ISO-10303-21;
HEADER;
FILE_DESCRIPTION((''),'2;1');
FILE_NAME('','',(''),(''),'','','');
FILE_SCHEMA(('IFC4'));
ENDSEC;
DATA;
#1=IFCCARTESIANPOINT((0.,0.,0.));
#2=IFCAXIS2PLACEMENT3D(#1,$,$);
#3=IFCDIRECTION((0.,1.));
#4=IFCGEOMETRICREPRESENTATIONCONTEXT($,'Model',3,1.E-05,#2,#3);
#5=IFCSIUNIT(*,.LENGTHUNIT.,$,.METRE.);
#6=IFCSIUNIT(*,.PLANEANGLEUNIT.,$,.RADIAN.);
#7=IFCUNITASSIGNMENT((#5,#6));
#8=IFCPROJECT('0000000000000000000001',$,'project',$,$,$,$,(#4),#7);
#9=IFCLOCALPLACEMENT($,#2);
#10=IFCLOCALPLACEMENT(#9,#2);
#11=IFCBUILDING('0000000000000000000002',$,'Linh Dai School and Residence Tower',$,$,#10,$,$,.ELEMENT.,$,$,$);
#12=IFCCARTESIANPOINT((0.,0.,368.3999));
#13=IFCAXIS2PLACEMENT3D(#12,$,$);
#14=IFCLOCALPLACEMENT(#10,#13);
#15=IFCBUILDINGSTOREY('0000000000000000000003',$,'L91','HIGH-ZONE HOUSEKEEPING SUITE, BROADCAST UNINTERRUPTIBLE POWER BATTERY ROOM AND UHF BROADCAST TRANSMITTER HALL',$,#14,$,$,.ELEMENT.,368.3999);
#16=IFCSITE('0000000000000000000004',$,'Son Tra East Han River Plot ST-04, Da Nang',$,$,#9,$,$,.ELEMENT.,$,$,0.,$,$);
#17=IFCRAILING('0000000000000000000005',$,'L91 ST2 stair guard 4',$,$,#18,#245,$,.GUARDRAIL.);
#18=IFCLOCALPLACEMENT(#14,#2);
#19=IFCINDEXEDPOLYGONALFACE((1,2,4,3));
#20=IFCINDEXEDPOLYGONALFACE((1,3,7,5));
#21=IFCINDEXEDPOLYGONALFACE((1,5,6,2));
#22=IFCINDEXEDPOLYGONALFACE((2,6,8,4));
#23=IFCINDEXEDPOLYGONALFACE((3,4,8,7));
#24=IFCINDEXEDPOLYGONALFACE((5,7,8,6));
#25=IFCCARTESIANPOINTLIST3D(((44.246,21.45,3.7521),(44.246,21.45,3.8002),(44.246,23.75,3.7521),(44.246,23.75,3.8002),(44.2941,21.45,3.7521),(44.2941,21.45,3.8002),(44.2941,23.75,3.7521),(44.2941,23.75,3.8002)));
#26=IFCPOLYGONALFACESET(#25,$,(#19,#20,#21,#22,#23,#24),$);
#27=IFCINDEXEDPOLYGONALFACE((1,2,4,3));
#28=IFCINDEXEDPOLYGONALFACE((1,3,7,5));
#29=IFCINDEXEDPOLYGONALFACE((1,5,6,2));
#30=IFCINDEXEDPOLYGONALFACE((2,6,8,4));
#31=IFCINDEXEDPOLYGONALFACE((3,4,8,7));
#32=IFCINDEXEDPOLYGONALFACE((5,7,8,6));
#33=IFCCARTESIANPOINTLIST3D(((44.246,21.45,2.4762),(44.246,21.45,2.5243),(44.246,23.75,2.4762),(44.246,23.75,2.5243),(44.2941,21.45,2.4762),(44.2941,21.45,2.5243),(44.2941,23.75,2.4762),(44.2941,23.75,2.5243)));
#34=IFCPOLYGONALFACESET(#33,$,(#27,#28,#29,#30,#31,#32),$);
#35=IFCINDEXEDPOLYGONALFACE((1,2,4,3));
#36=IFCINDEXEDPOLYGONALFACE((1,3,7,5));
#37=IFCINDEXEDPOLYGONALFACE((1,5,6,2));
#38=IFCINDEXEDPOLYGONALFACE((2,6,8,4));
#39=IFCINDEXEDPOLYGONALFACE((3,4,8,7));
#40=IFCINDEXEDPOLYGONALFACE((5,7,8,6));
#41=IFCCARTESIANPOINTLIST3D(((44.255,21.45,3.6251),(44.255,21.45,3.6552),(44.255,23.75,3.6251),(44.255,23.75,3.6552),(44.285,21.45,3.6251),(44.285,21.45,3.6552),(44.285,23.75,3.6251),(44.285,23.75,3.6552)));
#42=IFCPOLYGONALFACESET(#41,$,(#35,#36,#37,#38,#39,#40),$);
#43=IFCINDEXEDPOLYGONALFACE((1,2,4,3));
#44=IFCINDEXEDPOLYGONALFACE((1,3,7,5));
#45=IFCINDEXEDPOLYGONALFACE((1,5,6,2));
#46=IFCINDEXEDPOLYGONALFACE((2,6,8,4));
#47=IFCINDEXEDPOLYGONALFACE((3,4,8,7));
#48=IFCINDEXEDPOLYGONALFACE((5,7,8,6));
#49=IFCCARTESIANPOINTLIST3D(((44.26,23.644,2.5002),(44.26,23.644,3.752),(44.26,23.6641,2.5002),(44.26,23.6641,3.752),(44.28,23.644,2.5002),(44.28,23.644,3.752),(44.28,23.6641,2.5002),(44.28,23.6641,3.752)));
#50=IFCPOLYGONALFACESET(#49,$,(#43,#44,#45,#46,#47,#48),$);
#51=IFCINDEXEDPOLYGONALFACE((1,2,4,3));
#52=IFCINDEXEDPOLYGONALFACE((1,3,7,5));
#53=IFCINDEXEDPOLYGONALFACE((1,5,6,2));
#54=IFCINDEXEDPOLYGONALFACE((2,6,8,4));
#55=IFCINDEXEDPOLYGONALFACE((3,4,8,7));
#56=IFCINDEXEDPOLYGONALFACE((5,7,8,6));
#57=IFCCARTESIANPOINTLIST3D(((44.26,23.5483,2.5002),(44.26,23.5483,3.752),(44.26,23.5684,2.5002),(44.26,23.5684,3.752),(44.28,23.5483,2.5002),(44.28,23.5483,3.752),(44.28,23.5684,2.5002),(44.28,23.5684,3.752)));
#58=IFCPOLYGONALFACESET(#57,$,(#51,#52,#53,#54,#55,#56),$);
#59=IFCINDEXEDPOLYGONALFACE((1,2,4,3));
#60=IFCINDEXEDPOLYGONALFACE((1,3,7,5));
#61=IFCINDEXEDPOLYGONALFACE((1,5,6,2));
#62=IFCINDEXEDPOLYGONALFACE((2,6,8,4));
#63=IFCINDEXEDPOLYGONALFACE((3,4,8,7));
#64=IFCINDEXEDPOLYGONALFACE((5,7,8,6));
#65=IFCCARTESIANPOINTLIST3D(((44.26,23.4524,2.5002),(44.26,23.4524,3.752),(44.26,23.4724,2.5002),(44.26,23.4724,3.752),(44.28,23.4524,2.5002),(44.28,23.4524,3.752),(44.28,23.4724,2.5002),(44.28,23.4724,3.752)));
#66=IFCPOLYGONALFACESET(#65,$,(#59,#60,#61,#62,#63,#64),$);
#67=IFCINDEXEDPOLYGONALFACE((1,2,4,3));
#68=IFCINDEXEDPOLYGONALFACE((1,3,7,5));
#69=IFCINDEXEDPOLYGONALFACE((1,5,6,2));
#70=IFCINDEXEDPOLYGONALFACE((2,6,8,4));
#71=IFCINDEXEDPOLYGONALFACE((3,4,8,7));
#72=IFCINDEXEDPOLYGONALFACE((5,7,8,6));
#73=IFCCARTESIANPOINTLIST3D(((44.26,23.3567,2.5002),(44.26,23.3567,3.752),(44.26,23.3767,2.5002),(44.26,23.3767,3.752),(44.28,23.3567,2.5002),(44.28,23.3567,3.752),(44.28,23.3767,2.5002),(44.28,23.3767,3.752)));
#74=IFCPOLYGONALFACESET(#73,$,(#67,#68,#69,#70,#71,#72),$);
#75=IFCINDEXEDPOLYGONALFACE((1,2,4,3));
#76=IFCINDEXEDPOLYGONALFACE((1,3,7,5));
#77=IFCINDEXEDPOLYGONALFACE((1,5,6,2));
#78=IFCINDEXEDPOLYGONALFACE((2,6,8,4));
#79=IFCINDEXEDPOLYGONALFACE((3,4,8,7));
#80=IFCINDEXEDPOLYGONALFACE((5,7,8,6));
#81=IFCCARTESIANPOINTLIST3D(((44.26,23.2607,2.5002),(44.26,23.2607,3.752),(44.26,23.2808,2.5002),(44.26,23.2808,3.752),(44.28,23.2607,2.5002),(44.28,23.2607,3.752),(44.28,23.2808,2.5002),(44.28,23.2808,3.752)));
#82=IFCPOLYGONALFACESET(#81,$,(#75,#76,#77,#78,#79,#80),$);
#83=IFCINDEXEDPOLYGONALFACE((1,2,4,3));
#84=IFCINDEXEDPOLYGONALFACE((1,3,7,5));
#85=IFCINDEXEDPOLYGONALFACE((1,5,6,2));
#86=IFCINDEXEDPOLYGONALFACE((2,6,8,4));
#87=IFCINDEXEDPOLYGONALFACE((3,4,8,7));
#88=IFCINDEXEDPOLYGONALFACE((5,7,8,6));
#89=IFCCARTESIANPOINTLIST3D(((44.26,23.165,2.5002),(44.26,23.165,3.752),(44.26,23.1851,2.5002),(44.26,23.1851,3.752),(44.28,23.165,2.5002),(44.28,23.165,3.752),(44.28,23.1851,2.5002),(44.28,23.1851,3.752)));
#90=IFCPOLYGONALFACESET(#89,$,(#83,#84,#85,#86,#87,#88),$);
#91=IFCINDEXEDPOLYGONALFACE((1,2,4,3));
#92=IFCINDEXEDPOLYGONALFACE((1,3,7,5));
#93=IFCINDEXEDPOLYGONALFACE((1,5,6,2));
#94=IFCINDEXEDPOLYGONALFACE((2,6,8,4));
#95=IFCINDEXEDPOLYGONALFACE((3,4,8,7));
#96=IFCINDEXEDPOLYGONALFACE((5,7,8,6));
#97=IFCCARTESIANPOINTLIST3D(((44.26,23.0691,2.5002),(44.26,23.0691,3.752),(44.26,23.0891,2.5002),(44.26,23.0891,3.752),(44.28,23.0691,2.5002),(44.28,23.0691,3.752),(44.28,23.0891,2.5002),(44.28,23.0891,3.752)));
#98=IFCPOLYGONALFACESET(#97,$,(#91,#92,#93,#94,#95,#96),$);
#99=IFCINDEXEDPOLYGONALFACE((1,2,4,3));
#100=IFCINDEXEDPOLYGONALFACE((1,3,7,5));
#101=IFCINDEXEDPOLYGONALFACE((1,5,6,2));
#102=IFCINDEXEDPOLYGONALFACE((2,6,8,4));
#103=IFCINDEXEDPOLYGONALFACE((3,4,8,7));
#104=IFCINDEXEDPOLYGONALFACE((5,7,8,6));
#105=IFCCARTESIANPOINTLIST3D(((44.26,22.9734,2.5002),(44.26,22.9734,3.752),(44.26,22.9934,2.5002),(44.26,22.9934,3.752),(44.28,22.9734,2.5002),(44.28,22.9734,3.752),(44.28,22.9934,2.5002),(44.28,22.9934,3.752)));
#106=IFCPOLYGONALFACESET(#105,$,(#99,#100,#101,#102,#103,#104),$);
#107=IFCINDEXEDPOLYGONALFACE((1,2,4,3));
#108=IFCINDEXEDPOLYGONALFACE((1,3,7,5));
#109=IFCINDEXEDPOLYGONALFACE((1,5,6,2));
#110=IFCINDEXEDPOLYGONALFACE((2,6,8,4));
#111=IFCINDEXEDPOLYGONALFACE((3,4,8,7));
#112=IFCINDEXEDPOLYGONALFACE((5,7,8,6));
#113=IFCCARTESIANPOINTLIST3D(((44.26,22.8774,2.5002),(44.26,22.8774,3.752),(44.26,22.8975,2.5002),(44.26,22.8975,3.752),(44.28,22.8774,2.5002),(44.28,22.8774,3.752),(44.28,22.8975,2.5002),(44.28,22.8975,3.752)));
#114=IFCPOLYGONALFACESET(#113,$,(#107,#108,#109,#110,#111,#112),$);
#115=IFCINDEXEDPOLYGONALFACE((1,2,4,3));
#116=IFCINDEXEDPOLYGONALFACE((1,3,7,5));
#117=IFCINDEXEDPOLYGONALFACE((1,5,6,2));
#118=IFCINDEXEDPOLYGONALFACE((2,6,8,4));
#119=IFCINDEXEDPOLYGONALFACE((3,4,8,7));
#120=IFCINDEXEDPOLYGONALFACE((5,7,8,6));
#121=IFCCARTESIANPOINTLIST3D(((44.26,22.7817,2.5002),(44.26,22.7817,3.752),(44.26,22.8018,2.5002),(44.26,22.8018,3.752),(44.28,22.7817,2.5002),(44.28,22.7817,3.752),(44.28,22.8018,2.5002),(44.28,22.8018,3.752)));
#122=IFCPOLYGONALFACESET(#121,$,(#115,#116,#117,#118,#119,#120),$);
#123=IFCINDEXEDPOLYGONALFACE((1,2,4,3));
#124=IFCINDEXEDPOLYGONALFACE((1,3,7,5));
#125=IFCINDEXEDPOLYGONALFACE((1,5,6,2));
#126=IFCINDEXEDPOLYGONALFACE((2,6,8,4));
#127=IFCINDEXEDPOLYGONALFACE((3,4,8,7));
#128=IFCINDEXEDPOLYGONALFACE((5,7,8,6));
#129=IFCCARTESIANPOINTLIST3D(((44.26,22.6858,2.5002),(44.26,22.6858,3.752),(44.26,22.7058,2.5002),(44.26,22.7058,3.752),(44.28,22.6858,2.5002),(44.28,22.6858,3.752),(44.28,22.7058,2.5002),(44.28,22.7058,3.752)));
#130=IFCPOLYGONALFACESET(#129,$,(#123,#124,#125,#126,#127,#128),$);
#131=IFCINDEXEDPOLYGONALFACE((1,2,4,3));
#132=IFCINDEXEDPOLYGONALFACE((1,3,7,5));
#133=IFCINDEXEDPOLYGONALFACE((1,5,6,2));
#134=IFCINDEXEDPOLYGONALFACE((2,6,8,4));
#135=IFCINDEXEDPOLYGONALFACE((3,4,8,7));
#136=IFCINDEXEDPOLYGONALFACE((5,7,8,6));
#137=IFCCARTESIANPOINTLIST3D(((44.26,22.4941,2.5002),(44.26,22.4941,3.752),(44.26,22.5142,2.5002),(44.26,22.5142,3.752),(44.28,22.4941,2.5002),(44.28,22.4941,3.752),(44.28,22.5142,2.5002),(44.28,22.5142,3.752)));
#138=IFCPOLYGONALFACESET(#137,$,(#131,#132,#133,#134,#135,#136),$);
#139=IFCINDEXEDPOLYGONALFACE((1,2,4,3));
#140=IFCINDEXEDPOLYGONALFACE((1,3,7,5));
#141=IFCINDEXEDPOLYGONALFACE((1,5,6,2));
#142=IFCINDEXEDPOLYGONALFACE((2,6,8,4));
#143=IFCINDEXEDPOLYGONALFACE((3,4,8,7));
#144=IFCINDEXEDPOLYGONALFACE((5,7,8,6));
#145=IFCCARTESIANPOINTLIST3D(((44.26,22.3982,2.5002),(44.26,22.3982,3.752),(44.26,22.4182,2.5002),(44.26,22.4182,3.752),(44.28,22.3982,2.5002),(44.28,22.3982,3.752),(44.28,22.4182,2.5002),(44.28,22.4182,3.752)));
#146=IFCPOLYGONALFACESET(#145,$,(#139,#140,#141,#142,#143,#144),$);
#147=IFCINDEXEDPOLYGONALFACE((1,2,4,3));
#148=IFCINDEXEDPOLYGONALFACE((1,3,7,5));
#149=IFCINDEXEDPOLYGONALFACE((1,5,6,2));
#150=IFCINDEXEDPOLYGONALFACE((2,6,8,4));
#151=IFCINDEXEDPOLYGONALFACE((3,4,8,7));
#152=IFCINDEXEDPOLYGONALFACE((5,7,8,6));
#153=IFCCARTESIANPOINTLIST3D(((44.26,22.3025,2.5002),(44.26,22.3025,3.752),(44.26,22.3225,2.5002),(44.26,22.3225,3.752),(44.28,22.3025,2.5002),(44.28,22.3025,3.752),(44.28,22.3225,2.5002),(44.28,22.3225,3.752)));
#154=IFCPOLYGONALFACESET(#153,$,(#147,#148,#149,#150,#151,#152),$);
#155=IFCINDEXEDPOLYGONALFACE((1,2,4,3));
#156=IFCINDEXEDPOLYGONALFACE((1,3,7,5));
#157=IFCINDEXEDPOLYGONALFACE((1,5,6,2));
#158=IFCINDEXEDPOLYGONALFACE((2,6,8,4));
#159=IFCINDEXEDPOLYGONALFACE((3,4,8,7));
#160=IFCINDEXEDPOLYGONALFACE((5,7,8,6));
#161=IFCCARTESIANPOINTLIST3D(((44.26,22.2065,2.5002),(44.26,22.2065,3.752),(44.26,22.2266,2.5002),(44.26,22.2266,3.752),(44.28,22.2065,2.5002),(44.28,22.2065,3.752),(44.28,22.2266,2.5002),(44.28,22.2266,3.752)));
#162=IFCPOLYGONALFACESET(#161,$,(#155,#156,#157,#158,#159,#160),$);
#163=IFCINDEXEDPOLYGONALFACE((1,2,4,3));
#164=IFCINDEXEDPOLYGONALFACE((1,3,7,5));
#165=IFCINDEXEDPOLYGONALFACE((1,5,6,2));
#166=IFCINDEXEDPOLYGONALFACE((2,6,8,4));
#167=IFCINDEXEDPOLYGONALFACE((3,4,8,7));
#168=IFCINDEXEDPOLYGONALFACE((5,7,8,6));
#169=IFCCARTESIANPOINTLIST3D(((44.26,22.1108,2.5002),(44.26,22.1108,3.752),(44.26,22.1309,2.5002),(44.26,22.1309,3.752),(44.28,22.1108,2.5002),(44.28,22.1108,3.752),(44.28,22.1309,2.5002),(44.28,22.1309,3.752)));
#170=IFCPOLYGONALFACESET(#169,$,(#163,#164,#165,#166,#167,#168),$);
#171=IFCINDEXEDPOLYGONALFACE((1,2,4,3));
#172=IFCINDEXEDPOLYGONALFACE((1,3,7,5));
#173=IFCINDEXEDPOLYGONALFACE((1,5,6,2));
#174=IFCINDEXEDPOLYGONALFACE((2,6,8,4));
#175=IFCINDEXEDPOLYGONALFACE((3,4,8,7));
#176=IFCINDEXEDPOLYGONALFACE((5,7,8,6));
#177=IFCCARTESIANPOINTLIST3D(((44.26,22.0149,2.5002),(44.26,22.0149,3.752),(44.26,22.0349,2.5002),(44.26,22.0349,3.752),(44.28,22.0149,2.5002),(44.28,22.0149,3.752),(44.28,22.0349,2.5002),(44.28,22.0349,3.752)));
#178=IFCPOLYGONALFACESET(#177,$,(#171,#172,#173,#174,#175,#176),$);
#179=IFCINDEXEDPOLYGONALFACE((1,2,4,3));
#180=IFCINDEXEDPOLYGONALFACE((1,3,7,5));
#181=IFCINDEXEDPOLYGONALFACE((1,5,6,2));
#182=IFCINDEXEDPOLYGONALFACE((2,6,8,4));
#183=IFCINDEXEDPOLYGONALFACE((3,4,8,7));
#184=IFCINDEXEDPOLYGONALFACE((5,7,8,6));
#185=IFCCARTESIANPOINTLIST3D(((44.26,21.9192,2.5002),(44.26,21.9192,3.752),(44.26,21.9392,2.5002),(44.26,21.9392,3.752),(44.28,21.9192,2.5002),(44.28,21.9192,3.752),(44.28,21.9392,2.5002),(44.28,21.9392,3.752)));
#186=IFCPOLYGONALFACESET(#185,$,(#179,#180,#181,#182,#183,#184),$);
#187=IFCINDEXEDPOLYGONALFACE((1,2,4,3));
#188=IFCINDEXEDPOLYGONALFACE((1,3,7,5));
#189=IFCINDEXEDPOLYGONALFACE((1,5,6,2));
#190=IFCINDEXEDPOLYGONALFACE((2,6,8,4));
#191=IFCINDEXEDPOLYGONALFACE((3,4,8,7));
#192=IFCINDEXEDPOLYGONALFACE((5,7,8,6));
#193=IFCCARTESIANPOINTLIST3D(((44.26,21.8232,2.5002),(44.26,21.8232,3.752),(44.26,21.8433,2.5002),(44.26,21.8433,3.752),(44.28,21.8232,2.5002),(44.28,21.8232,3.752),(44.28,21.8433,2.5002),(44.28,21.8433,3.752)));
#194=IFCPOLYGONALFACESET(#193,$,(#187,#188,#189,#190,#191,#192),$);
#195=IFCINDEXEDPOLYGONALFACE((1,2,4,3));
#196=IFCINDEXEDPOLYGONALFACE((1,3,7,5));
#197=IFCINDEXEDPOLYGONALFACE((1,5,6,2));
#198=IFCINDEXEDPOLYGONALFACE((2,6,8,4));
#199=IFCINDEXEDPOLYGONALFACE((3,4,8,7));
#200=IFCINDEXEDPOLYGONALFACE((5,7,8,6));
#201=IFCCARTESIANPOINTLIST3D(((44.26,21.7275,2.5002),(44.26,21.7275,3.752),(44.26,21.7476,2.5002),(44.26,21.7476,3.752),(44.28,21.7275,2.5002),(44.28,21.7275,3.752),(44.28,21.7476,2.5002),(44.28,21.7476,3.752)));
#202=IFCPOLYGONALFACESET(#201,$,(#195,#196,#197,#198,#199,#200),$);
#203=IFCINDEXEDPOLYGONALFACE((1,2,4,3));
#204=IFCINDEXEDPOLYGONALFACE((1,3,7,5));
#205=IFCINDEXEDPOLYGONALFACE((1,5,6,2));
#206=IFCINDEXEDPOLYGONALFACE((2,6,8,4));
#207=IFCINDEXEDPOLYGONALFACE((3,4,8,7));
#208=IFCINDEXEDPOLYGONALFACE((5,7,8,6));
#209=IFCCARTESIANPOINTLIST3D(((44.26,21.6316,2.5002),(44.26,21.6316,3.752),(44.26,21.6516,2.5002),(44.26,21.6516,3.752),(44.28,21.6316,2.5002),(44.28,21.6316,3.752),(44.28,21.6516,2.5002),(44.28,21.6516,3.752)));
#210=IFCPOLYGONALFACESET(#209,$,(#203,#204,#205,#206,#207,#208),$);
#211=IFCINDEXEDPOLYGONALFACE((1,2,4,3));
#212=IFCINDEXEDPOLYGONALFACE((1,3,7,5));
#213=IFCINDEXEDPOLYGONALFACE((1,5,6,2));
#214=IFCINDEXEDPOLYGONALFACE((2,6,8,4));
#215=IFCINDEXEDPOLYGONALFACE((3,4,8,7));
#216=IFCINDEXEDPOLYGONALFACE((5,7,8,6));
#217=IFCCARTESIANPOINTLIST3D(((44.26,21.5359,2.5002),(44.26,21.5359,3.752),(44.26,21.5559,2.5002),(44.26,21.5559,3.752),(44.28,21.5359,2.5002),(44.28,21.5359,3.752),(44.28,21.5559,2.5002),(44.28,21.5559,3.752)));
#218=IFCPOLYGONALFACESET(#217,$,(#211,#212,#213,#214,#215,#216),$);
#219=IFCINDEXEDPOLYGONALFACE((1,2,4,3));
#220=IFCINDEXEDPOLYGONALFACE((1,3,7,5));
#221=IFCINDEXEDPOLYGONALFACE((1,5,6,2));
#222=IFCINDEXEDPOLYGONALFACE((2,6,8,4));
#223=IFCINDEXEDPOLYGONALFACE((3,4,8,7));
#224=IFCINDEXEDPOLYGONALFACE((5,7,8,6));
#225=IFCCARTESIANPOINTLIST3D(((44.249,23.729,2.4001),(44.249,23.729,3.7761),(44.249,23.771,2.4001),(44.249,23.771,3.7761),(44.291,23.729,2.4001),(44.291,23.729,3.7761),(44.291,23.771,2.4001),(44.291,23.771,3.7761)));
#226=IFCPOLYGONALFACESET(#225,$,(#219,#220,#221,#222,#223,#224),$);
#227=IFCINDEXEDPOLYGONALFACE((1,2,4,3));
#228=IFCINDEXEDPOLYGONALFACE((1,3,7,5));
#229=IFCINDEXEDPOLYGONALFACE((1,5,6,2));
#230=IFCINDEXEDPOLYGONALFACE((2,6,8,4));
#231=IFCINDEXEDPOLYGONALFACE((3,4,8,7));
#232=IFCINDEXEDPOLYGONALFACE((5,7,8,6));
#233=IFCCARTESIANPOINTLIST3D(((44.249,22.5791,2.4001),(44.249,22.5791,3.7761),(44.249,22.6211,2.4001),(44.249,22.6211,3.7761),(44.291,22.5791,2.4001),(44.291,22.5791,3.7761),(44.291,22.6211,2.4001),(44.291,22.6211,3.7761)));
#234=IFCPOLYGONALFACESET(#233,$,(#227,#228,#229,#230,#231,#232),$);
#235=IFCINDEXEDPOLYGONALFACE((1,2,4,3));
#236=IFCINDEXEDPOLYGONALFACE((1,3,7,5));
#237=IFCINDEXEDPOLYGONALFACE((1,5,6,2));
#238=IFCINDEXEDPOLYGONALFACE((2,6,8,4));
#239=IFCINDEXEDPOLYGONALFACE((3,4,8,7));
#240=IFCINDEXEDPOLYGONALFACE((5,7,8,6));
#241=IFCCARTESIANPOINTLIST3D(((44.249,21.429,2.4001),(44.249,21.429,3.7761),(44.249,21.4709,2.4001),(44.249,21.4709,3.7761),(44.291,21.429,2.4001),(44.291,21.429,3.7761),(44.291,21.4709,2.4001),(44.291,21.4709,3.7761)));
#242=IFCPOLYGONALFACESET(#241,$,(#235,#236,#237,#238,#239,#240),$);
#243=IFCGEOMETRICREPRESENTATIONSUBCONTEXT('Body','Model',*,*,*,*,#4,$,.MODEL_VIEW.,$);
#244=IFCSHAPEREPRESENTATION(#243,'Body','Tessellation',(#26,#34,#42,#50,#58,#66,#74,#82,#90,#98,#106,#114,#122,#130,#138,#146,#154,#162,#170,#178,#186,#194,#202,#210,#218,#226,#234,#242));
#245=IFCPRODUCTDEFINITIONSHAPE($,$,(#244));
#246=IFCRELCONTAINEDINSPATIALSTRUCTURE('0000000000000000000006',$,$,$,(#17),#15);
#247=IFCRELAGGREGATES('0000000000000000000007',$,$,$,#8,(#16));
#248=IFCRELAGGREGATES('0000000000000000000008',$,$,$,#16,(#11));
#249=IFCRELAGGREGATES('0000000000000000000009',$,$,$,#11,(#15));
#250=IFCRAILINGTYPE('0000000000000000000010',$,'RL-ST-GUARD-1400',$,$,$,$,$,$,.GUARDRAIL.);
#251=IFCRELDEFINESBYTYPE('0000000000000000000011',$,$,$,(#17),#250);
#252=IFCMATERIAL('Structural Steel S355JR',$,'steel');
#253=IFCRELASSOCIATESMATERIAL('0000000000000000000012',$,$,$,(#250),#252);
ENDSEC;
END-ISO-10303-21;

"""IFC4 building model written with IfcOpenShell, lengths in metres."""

from ifc_helpers import new_model, si_unit, direction, frame, origin, origin_2d, place, context, subcontext, project, spatial, rectangle, extrude, source, transform, mapped, material, type_object, element, save


model = new_model("IFC4")

# Units and contexts
model_context = context("Model", 3, precision=1e-05, world=origin(), true_north=direction((0.0, 1.0)))
body_context = subcontext(model_context, "Body", "Model", "MODEL_VIEW")
ifc_project = project(units=[si_unit("LENGTHUNIT", "METRE"), si_unit("PLANEANGLEUNIT", "RADIAN")], contexts=[model_context])

# Site, building, storey
site_placement = place(None, origin())
site = spatial("IfcSite", under=ifc_project, at=site_placement, Name="Son Tra East Han River Plot ST-04, Da Nang", CompositionType="ELEMENT", RefElevation=0.0)
building_placement = place(site_placement, origin())
building = spatial("IfcBuilding", under=site, at=building_placement, Name="Linh Dai School and Residence Tower", CompositionType="ELEMENT")
storey_placement = place(building_placement, frame((0.0, 0.0, 368.3999)))
storey = spatial("IfcBuildingStorey", under=building, at=storey_placement, Name="L91", Description="HIGH-ZONE HOUSEKEEPING SUITE, BROADCAST UNINTERRUPTIBLE POWER BATTERY ROOM AND UHF BROADCAST TRANSMITTER HALL", CompositionType="ELEMENT", Elevation=368.3999)

# Shared definitions
ifc_material_1 = material(Name="Structural Steel S355JR", Category="steel")

# Railing
railing_type_1 = type_object("IfcRailingType", Name="RL-ST-GUARD-1400", PredefinedType="GUARDRAIL", material=ifc_material_1)
shared_shape_1 = source(origin(), body_context, "Body", "SweptSolid", [
    extrude(rectangle(XDim=0.0481, YDim=0.0481, at=origin_2d()), frame((0.0, 0.0, 1.376), z_axis=(0.0, -1.0, 0.0), x_axis=(1.0, 0.0, 0.0)), (0.0, 0.0, 1.0), 2.3),
    extrude(rectangle(XDim=0.0481, YDim=0.0481, at=origin_2d()), frame((0.0, 0.0, 0.1001), z_axis=(0.0, -1.0, 0.0), x_axis=(1.0, 0.0, 0.0)), (0.0, 0.0, 1.0), 2.3),
    extrude(rectangle(XDim=0.03, YDim=0.03, at=origin_2d()), frame((0.0, 0.0, 1.24), z_axis=(0.0, -1.0, 0.0), x_axis=(1.0, 0.0, 0.0)), (0.0, 0.0, 1.0), 2.3),
    extrude(rectangle(XDim=0.02, YDim=0.02, at=origin_2d()), frame((0.0, -0.0959, 0.1001)), (0.0, 0.0, 1.0), 1.2517),
    extrude(rectangle(XDim=0.02, YDim=0.02, at=origin_2d()), frame((0.0, -0.1917, 0.1001)), (0.0, 0.0, 1.0), 1.2517),
    extrude(rectangle(XDim=0.02, YDim=0.02, at=origin_2d()), frame((0.0, -0.2876, 0.1001)), (0.0, 0.0, 1.0), 1.2517),
    extrude(rectangle(XDim=0.02, YDim=0.02, at=origin_2d()), frame((0.0, -0.3833, 0.1001)), (0.0, 0.0, 1.0), 1.2517),
    extrude(rectangle(XDim=0.02, YDim=0.02, at=origin_2d()), frame((0.0, -0.4792, 0.1001)), (0.0, 0.0, 1.0), 1.2517),
    extrude(rectangle(XDim=0.02, YDim=0.02, at=origin_2d()), frame((0.0, -0.575, 0.1001)), (0.0, 0.0, 1.0), 1.2517),
    extrude(rectangle(XDim=0.02, YDim=0.02, at=origin_2d()), frame((0.0, -0.6709, 0.1001)), (0.0, 0.0, 1.0), 1.2517),
    extrude(rectangle(XDim=0.02, YDim=0.02, at=origin_2d()), frame((0.0, -0.7666, 0.1001)), (0.0, 0.0, 1.0), 1.2517),
    extrude(rectangle(XDim=0.02, YDim=0.02, at=origin_2d()), frame((0.0, -0.8625, 0.1001)), (0.0, 0.0, 1.0), 1.2517),
    extrude(rectangle(XDim=0.02, YDim=0.02, at=origin_2d()), frame((0.0, -0.9583, 0.1001)), (0.0, 0.0, 1.0), 1.2517),
    extrude(rectangle(XDim=0.02, YDim=0.02, at=origin_2d()), frame((0.0, -1.0542, 0.1001)), (0.0, 0.0, 1.0), 1.2517),
    extrude(rectangle(XDim=0.02, YDim=0.02, at=origin_2d()), frame((0.0, -1.2458, 0.1001)), (0.0, 0.0, 1.0), 1.2517),
    extrude(rectangle(XDim=0.02, YDim=0.02, at=origin_2d()), frame((0.0, -1.3418, 0.1001)), (0.0, 0.0, 1.0), 1.2517),
    extrude(rectangle(XDim=0.02, YDim=0.02, at=origin_2d()), frame((0.0, -1.4375, 0.1001)), (0.0, 0.0, 1.0), 1.2517),
    extrude(rectangle(XDim=0.02, YDim=0.02, at=origin_2d()), frame((0.0, -1.5334, 0.1001)), (0.0, 0.0, 1.0), 1.2517),
    extrude(rectangle(XDim=0.02, YDim=0.02, at=origin_2d()), frame((0.0, -1.6292, 0.1001)), (0.0, 0.0, 1.0), 1.2517),
    extrude(rectangle(XDim=0.02, YDim=0.02, at=origin_2d()), frame((0.0, -1.7251, 0.1001)), (0.0, 0.0, 1.0), 1.2517),
    extrude(rectangle(XDim=0.02, YDim=0.02, at=origin_2d()), frame((0.0, -1.8208, 0.1001)), (0.0, 0.0, 1.0), 1.2517),
    extrude(rectangle(XDim=0.02, YDim=0.02, at=origin_2d()), frame((0.0, -1.9167, 0.1001)), (0.0, 0.0, 1.0), 1.2517),
    extrude(rectangle(XDim=0.02, YDim=0.02, at=origin_2d()), frame((0.0, -2.0125, 0.1001)), (0.0, 0.0, 1.0), 1.2517),
    extrude(rectangle(XDim=0.02, YDim=0.02, at=origin_2d()), frame((0.0, -2.1084, 0.1001)), (0.0, 0.0, 1.0), 1.2517),
    extrude(rectangle(XDim=0.02, YDim=0.02, at=origin_2d()), frame((0.0, -2.2041, 0.1001)), (0.0, 0.0, 1.0), 1.2517),
    extrude(rectangle(XDim=0.042, YDim=0.042, at=origin_2d()), origin(), (0.0, 0.0, 1.0), 1.376),
    extrude(rectangle(XDim=0.042, YDim=0.042, at=origin_2d()), frame((0.0, -1.1499, 0.0)), (0.0, 0.0, 1.0), 1.376),
    extrude(rectangle(XDim=0.042, YDim=0.042, at=origin_2d()), frame((0.0, -2.3, 0.0)), (0.0, 0.0, 1.0), 1.376),
])
railing_1_placement = place(storey_placement, frame((44.27, 23.75, 2.4001)))
element("IfcRailing", 1, at=railing_1_placement, inside=storey, type_object=railing_type_1, Name="L91 ST2 stair guard 4", PredefinedType="GUARDRAIL", context=body_context, shape_type="MappedRepresentation", body=[
    mapped(shared_shape_1, transform((0.0, 0.0, 0.0), x_axis=(1.0, 0.0, 0.0), y_axis=(0.0, 1.0, 0.0), z_axis=(0.0, 0.0, 1.0), scale=1.0)),
])

save(model, "model.ifc")
